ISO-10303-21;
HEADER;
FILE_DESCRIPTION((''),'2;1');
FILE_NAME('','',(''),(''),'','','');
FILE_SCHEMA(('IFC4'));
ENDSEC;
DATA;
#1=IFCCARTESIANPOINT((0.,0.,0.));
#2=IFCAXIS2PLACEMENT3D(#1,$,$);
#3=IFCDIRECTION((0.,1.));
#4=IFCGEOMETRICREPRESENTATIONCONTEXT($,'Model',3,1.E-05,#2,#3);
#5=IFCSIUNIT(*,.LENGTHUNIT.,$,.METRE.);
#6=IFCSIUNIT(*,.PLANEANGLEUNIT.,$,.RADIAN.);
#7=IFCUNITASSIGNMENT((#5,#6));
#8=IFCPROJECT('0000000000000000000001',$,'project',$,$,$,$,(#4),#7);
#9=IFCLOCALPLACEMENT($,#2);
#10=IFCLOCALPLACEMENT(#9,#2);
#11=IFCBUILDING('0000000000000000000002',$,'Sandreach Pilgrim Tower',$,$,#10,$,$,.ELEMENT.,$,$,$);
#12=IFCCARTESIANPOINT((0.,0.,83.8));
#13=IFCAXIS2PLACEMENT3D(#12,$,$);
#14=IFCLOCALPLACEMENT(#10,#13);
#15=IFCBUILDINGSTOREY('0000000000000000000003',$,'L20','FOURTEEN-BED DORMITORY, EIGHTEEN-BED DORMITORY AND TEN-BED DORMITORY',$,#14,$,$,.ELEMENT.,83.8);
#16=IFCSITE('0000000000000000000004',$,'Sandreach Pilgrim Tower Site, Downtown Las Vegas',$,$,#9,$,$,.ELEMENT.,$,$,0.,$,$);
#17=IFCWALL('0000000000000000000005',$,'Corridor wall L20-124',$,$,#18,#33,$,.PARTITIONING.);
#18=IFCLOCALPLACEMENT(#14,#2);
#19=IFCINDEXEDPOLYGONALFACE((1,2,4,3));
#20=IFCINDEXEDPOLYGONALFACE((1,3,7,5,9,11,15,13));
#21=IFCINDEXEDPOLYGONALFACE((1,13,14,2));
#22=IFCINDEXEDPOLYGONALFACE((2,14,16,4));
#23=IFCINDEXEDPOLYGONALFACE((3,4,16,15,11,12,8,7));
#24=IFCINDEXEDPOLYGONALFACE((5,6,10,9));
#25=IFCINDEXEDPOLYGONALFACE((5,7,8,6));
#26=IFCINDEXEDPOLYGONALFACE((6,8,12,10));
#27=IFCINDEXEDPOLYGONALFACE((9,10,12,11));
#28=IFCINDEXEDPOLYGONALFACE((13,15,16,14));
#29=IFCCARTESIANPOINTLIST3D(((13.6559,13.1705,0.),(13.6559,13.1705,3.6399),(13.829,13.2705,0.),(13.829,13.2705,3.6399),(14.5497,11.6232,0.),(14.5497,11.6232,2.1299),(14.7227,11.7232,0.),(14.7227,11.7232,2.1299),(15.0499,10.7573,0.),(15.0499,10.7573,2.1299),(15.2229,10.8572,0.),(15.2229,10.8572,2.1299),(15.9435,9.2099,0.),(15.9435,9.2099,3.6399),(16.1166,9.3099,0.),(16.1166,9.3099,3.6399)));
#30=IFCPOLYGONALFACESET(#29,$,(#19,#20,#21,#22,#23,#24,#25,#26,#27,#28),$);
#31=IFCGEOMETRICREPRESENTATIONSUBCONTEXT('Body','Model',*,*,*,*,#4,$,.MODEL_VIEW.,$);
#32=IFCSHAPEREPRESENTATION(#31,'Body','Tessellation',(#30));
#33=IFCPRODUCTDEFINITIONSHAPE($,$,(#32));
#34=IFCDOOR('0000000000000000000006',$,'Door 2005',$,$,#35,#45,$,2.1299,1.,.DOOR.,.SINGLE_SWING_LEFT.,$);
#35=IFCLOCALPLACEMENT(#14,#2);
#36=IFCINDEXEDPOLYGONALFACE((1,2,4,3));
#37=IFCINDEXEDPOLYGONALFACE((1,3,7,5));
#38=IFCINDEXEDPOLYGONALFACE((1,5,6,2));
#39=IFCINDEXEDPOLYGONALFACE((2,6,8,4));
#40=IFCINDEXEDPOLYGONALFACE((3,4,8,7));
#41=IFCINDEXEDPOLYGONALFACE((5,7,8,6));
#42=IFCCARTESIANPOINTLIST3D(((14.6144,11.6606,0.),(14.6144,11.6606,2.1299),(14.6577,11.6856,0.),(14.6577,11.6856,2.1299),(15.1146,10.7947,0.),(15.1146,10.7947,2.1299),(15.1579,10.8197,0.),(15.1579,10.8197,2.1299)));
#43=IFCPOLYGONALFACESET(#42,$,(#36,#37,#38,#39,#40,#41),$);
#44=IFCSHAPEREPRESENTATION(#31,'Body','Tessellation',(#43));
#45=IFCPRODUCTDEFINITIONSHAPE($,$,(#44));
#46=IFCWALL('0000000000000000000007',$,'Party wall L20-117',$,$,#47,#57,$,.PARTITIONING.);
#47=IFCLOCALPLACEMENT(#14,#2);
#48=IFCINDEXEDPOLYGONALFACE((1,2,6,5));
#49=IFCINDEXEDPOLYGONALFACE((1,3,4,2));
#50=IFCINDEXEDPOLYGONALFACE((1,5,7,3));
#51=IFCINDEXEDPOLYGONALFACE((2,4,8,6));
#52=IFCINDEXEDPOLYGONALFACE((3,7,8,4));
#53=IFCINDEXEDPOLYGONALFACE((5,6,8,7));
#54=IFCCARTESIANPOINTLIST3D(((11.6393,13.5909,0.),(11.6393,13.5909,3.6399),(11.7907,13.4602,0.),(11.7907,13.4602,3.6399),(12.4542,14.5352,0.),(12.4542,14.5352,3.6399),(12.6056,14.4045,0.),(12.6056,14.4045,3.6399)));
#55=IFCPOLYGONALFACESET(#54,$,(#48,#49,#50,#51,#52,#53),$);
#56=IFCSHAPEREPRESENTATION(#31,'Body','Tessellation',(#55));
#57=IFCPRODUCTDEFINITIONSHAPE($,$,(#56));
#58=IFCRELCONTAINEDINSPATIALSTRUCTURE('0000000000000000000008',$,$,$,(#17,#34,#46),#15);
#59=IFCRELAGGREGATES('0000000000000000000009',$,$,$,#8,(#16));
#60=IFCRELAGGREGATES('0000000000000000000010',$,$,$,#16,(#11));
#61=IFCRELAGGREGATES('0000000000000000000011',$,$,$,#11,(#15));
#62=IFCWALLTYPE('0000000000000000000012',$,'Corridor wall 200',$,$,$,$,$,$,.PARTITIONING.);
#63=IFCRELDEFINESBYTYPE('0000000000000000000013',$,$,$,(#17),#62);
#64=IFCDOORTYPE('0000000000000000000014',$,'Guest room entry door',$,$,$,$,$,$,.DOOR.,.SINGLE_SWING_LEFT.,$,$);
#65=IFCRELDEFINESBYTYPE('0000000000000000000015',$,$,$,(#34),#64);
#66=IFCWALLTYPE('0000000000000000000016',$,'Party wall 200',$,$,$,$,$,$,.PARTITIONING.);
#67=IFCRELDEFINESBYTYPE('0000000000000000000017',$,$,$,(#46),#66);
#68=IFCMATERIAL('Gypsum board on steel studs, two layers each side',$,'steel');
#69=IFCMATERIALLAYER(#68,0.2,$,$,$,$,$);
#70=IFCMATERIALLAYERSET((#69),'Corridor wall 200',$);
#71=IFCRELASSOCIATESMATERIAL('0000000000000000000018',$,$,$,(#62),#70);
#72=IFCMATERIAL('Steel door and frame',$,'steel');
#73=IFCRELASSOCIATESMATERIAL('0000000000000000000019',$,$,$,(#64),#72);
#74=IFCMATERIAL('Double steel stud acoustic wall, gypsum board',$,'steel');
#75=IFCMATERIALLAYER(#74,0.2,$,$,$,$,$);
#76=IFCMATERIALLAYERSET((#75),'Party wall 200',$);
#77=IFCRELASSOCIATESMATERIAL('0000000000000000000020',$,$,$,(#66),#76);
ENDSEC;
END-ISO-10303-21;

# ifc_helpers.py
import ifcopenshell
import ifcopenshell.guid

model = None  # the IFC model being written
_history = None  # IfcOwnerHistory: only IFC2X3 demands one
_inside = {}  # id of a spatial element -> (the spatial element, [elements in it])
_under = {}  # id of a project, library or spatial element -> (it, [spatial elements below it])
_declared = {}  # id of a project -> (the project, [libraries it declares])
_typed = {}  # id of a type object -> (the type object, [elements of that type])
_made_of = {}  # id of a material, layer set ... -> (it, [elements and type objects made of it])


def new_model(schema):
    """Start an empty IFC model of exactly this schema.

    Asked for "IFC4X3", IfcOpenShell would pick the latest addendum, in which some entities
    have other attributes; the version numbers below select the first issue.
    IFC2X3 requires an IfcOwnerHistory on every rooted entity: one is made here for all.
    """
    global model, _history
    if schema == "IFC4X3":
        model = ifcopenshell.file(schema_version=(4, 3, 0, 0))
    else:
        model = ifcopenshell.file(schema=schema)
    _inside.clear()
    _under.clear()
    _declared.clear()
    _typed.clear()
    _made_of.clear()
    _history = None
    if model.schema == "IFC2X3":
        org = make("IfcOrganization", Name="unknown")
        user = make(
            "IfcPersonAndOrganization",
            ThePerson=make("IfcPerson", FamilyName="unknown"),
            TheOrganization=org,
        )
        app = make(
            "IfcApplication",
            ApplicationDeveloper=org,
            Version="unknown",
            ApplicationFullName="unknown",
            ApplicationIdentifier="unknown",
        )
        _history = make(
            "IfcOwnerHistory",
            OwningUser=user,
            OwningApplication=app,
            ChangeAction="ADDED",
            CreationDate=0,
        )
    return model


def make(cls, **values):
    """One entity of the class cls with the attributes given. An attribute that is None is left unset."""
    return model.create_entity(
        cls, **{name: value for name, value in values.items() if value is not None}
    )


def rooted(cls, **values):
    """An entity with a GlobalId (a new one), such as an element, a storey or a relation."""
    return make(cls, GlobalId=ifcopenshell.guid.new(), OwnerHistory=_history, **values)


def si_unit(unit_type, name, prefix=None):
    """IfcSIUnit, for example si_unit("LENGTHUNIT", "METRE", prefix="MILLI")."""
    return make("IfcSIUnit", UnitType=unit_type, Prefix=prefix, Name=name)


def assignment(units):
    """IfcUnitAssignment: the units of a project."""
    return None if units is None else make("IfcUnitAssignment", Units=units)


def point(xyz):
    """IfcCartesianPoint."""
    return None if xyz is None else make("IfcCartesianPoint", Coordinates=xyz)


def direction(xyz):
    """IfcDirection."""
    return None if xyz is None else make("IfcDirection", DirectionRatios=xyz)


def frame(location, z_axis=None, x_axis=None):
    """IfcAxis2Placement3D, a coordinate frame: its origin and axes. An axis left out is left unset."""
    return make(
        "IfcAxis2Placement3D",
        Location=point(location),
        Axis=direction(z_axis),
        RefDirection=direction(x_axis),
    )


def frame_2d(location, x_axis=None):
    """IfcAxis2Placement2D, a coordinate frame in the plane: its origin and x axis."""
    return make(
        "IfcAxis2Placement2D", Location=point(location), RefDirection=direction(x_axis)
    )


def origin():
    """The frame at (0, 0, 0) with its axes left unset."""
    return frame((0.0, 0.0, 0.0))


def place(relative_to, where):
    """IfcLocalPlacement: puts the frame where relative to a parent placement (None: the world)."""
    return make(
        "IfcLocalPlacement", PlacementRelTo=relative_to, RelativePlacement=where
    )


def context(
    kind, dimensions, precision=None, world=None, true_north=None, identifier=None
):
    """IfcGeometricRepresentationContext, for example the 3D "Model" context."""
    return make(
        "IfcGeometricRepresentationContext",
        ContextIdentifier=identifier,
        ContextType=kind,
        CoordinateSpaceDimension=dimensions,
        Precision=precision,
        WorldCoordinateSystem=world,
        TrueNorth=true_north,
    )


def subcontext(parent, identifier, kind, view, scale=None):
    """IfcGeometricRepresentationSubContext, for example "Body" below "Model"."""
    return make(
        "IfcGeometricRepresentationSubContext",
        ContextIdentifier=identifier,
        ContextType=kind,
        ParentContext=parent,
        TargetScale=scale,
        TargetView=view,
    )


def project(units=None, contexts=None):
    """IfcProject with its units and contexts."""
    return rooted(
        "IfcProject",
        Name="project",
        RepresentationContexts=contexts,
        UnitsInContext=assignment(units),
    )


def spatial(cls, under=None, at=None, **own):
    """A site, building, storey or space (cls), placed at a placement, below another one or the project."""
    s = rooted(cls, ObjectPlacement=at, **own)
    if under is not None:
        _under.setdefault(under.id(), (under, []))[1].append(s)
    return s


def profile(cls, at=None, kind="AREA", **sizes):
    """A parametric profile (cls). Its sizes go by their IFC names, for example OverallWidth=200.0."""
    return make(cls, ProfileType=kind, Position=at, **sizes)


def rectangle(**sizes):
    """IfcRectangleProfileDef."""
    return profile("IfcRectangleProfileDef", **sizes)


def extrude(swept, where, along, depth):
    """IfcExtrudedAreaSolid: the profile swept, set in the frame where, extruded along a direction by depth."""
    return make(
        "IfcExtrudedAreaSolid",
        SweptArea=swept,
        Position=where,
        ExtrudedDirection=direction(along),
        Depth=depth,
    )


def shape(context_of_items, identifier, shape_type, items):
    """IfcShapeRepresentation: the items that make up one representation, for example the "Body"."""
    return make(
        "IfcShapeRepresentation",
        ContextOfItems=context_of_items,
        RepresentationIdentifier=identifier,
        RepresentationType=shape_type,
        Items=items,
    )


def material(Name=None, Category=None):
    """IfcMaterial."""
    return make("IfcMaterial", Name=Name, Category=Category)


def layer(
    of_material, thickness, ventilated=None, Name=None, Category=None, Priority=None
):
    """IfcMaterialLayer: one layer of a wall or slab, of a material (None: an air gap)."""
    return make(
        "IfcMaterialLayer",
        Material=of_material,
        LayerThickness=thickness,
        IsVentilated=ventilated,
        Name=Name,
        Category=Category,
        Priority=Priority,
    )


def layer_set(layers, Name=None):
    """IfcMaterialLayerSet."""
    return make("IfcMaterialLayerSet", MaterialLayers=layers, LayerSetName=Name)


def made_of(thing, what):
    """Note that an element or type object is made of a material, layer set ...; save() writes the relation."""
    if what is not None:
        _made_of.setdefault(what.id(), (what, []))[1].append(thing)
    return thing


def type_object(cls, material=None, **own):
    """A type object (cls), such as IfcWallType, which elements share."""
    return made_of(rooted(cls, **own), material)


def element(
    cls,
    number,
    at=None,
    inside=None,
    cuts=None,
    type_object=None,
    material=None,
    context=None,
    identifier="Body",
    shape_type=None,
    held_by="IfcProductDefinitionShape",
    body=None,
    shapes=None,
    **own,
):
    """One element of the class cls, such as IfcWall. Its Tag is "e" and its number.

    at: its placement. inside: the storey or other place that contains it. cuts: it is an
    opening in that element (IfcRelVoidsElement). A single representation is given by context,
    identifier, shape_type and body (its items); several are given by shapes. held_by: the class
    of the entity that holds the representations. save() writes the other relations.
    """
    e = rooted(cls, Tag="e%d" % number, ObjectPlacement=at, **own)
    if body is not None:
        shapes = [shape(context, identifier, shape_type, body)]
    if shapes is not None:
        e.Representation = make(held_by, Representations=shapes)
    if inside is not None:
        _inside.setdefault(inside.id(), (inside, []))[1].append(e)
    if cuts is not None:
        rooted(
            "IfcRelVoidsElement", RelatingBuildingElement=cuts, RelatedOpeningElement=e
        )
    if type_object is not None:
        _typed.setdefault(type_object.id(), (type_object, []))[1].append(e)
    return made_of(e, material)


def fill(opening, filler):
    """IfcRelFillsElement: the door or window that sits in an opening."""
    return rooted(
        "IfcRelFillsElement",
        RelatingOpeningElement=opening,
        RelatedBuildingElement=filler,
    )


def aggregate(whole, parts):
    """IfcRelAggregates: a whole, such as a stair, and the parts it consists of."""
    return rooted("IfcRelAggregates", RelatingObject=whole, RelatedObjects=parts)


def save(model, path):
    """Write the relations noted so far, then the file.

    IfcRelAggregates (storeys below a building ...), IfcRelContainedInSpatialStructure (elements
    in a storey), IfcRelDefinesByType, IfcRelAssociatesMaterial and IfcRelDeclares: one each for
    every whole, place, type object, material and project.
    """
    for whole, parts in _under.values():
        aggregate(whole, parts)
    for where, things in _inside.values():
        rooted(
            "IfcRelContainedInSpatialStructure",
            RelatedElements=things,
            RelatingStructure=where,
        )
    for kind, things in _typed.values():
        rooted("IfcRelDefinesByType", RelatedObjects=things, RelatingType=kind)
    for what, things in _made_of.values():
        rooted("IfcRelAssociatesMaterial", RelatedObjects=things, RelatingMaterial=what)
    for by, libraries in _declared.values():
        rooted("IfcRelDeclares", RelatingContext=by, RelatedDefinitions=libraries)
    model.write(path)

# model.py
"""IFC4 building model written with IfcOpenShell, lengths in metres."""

from ifc_helpers import new_model, si_unit, direction, frame, frame_2d, origin, place, context, subcontext, project, spatial, rectangle, extrude, material, layer, layer_set, type_object, element, fill, save


model = new_model("IFC4")

# Units and contexts
model_context = context("Model", 3, precision=1e-05, world=origin(), true_north=direction((0.0, 1.0)))
body_context = subcontext(model_context, "Body", "Model", "MODEL_VIEW")
ifc_project = project(units=[si_unit("LENGTHUNIT", "METRE"), si_unit("PLANEANGLEUNIT", "RADIAN")], contexts=[model_context])

# Site, building, storey
site_placement = place(None, origin())
site = spatial("IfcSite", under=ifc_project, at=site_placement, Name="Sandreach Pilgrim Tower Site, Downtown Las Vegas", CompositionType="ELEMENT", RefElevation=0.0)
building_placement = place(site_placement, origin())
building = spatial("IfcBuilding", under=site, at=building_placement, Name="Sandreach Pilgrim Tower", CompositionType="ELEMENT")
storey_placement = place(building_placement, frame((0.0, 0.0, 83.8)))
storey = spatial("IfcBuildingStorey", under=building, at=storey_placement, Name="L20", Description="FOURTEEN-BED DORMITORY, EIGHTEEN-BED DORMITORY AND TEN-BED DORMITORY", CompositionType="ELEMENT", Elevation=83.8)

# Shared definitions
ifc_material_1 = material(Name="Gypsum board on steel studs, two layers each side", Category="steel")
ifc_layer_1 = layer(ifc_material_1, 0.2)
ifc_layer_set_1 = layer_set([ifc_layer_1], Name="Corridor wall 200")
wall_type_1 = type_object("IfcWallType", Name="Corridor wall 200", PredefinedType="PARTITIONING", material=ifc_layer_set_1)
ifc_material_2 = material(Name="Steel door and frame", Category="steel")
door_type_1 = type_object("IfcDoorType", Name="Guest room entry door", OperationType="SINGLE_SWING_LEFT", PredefinedType="DOOR", material=ifc_material_2)

# Wall, opening, door
wall_1_placement = place(storey_placement, frame((13.7424, 13.2205, 0.0), z_axis=(0.0, 0.0, 1.0), x_axis=(0.500169, -0.865928, 0.0)))
wall_1 = element("IfcWall", 1, at=wall_1_placement, inside=storey, type_object=wall_type_1, Name="Corridor wall L20-124", PredefinedType="PARTITIONING", context=body_context, shape_type="SweptSolid", body=[
    extrude(rectangle(XDim=4.5737, YDim=0.2, at=frame_2d((2.2869, 0.0))), origin(), (0.0, 0.0, 1.0), 3.6399),
])
opening_1_placement = place(wall_1_placement, frame((1.7869, 0.0, 0.0)))
opening_1 = element("IfcOpeningElement", 2, at=opening_1_placement, cuts=wall_1, PredefinedType="OPENING", context=body_context, shape_type="SweptSolid", body=[
    extrude(rectangle(XDim=1.0, YDim=2.1299, at=frame_2d((0.5, 1.0649))), frame((0.0, 0.1001, 0.0), z_axis=(0.0, -1.0, 0.0), x_axis=(1.0, 0.0, 0.0)), (0.0, 0.0, 1.0), 0.2),
])
door_1_placement = place(opening_1_placement, origin())
door_1 = element("IfcDoor", 3, at=door_1_placement, inside=storey, type_object=door_type_1, Name="Door 2005", OperationType="SINGLE_SWING_LEFT", OverallHeight=2.1299, OverallWidth=1.0, PredefinedType="DOOR", context=body_context, shape_type="SweptSolid", body=[
    extrude(rectangle(XDim=1.0, YDim=2.1299, at=frame_2d((0.5, 1.0649))), frame((0.0, 0.0249, 0.0), z_axis=(0.0, -1.0, 0.0), x_axis=(1.0, 0.0, 0.0)), (0.0, 0.0, 1.0), 0.05),
])
fill(opening_1, door_1)

# Wall
ifc_material_3 = material(Name="Double steel stud acoustic wall, gypsum board", Category="steel")
ifc_layer_2 = layer(ifc_material_3, 0.2)
ifc_layer_set_2 = layer_set([ifc_layer_2], Name="Party wall 200")
wall_type_2 = type_object("IfcWallType", Name="Party wall 200", PredefinedType="PARTITIONING", material=ifc_layer_set_2)
wall_2_placement = place(storey_placement, frame((11.7151, 13.5256, 0.0), z_axis=(0.0, 0.0, 1.0), x_axis=(0.653334, 0.757069, 0.0)))
element("IfcWall", 4, at=wall_2_placement, inside=storey, type_object=wall_type_2, Name="Party wall L20-117", PredefinedType="PARTITIONING", context=body_context, shape_type="SweptSolid", body=[
    extrude(rectangle(XDim=1.2473, YDim=0.2, at=frame_2d((0.6235, 0.0))), origin(), (0.0, 0.0, 1.0), 3.6399),
])

save(model, "model.ifc")
